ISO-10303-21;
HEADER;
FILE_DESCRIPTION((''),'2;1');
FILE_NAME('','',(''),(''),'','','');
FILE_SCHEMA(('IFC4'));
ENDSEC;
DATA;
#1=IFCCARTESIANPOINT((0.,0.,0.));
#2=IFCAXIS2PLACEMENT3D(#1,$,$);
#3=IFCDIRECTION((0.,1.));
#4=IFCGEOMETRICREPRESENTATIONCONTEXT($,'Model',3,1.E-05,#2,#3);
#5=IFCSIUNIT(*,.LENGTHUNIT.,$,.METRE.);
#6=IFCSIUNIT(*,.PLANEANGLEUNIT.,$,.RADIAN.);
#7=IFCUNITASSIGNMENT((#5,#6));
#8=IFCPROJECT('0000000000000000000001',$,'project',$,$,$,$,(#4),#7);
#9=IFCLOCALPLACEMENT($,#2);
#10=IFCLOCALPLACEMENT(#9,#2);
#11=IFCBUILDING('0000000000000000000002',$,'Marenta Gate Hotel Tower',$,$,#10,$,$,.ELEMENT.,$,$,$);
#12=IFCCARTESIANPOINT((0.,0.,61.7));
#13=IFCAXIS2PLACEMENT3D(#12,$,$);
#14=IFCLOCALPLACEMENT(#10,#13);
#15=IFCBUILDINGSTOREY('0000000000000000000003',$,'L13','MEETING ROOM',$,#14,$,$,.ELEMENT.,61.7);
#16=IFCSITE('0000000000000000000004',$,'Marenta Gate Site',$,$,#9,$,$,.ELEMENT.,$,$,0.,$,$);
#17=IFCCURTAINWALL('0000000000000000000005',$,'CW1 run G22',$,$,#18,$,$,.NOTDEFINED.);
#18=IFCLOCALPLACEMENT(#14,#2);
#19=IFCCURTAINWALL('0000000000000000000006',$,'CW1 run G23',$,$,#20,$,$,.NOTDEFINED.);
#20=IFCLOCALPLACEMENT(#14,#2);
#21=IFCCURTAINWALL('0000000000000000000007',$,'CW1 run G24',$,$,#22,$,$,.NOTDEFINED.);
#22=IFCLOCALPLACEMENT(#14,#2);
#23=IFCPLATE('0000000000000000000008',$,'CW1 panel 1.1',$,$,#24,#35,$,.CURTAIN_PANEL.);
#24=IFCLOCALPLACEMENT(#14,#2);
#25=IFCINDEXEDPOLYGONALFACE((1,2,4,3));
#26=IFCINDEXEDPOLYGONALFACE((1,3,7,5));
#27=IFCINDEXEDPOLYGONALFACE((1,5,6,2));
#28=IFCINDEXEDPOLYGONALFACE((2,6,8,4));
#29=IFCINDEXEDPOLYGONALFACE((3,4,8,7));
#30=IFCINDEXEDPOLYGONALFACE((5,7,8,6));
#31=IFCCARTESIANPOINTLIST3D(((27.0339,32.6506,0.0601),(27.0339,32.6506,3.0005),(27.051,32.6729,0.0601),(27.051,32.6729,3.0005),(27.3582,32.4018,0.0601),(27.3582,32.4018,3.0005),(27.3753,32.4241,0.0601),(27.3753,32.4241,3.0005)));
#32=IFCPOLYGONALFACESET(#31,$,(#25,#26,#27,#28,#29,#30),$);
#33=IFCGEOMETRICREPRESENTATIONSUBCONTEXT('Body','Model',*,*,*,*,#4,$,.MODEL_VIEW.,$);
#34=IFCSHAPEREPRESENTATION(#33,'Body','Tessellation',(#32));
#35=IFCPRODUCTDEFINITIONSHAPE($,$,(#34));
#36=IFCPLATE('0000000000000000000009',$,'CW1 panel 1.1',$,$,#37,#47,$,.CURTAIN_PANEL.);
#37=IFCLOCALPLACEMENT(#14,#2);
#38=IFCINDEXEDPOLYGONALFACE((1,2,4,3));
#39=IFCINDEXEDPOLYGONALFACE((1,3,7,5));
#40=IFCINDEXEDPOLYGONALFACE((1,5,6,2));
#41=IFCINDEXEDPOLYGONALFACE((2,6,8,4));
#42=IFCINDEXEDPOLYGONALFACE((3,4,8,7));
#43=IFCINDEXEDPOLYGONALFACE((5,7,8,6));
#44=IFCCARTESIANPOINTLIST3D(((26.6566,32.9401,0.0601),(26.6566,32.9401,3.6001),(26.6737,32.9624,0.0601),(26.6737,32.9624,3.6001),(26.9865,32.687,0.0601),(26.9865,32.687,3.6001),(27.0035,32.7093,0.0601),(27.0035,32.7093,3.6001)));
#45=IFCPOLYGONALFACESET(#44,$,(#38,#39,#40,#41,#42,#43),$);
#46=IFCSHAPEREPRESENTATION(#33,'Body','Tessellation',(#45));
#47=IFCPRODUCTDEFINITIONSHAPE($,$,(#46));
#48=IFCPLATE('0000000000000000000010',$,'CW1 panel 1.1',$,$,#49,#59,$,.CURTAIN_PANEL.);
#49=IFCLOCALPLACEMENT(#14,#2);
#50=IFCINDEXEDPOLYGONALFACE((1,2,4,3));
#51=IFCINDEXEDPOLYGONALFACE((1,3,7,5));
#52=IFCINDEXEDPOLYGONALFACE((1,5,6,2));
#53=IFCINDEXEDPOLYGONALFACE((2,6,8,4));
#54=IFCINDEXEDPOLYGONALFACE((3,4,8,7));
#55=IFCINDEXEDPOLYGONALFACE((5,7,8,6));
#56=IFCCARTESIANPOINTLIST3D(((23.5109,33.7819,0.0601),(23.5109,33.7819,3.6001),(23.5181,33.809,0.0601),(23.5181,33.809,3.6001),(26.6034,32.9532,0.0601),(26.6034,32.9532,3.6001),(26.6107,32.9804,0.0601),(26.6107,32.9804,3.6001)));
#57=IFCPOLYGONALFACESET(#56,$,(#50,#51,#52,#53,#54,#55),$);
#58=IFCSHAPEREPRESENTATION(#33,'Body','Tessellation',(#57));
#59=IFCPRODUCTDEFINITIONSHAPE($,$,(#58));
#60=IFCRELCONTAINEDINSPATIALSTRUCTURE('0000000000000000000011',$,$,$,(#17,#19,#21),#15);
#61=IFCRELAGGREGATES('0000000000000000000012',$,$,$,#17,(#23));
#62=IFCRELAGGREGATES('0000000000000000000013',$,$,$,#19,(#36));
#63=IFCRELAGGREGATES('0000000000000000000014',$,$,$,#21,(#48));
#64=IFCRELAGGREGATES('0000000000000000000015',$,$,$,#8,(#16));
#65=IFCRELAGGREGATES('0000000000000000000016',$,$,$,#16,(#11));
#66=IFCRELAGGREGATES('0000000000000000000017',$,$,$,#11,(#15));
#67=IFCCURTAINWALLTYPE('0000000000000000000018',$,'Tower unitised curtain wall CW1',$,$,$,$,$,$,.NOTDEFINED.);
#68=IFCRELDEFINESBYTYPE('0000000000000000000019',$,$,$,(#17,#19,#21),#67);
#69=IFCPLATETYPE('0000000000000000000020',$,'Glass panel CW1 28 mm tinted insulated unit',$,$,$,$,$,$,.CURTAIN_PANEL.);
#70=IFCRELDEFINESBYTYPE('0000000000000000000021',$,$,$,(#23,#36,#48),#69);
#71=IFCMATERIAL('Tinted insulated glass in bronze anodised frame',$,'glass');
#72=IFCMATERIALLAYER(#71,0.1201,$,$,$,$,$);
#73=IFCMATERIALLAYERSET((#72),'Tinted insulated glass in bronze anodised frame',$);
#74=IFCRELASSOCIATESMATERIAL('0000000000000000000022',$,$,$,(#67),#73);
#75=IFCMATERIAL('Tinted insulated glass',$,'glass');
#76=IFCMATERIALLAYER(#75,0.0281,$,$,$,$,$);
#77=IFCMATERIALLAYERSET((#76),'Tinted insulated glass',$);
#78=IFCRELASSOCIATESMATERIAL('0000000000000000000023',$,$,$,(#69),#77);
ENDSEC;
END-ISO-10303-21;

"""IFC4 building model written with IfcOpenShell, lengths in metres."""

from ifc_helpers import new_model, si_unit, direction, frame, origin, origin_2d, place, context, subcontext, project, spatial, rectangle, extrude, material, layer, layer_set, type_object, element, aggregate, save


model = new_model("IFC4")

# Units and contexts
model_context = context("Model", 3, precision=1e-05, world=origin(), true_north=direction((0.0, 1.0)))
body_context = subcontext(model_context, "Body", "Model", "MODEL_VIEW")
ifc_project = project(units=[si_unit("LENGTHUNIT", "METRE"), si_unit("PLANEANGLEUNIT", "RADIAN")], contexts=[model_context])

# Site, building, storey
site_placement = place(None, origin())
site = spatial("IfcSite", under=ifc_project, at=site_placement, Name="Marenta Gate Site", CompositionType="ELEMENT", RefElevation=0.0)
building_placement = place(site_placement, origin())
building = spatial("IfcBuilding", under=site, at=building_placement, Name="Marenta Gate Hotel Tower", CompositionType="ELEMENT")
storey_placement = place(building_placement, frame((0.0, 0.0, 61.7)))
storey = spatial("IfcBuildingStorey", under=building, at=storey_placement, Name="L13", Description="MEETING ROOM", CompositionType="ELEMENT", Elevation=61.7)

# Curtain walls
ifc_material_1 = material(Name="Tinted insulated glass in bronze anodised frame", Category="glass")
ifc_layer_1 = layer(ifc_material_1, 0.1201)
ifc_layer_set_1 = layer_set([ifc_layer_1], Name="Tinted insulated glass in bronze anodised frame")
curtain_wall_type = type_object("IfcCurtainWallType", Name="Tower unitised curtain wall CW1", PredefinedType="NOTDEFINED", material=ifc_layer_set_1)
curtain_wall_1_placement = place(storey_placement, origin())
curtain_wall_1 = element("IfcCurtainWall", 1, at=curtain_wall_1_placement, inside=storey, type_object=curtain_wall_type, Name="CW1 run G22", PredefinedType="NOTDEFINED")
curtain_wall_2_placement = place(storey_placement, origin())
curtain_wall_2 = element("IfcCurtainWall", 2, at=curtain_wall_2_placement, inside=storey, type_object=curtain_wall_type, Name="CW1 run G23", PredefinedType="NOTDEFINED")

# Curtain wall
curtain_wall_3_placement = place(storey_placement, origin())
curtain_wall_3 = element("IfcCurtainWall", 3, at=curtain_wall_3_placement, inside=storey, type_object=curtain_wall_type, Name="CW1 run G24", PredefinedType="NOTDEFINED")

# Plates
ifc_material_2 = material(Name="Tinted insulated glass", Category="glass")
ifc_layer_2 = layer(ifc_material_2, 0.0281)
ifc_layer_set_2 = layer_set([ifc_layer_2], Name="Tinted insulated glass")
plate_type = type_object("IfcPlateType", Name="Glass panel CW1 28 mm tinted insulated unit", PredefinedType="CURTAIN_PANEL", material=ifc_layer_set_2)
plate_1_placement = place(storey_placement, frame((27.2046, 32.5374, 0.0601), z_axis=(0.0, 0.0, 1.0), x_axis=(-0.793345, 0.608772, 0.0)))
plate_1 = element("IfcPlate", 4, at=plate_1_placement, type_object=plate_type, Name="CW1 panel 1.1", PredefinedType="CURTAIN_PANEL", context=body_context, shape_type="SweptSolid", body=[
    extrude(rectangle(XDim=0.4087, YDim=0.0281, at=origin_2d()), origin(), (0.0, 0.0, 1.0), 2.9404),
])
aggregate(curtain_wall_1, [plate_1])
plate_2_placement = place(storey_placement, frame((26.8301, 32.8247, 0.0601), z_axis=(0.0, 0.0, 1.0), x_axis=(-0.793342, 0.608776, 0.0)))
plate_2 = element("IfcPlate", 5, at=plate_2_placement, type_object=plate_type, Name="CW1 panel 1.1", PredefinedType="CURTAIN_PANEL", context=body_context, shape_type="SweptSolid", body=[
    extrude(rectangle(XDim=0.4158, YDim=0.0281, at=origin_2d()), origin(), (0.0, 0.0, 1.0), 3.54),
])
aggregate(curtain_wall_2, [plate_2])
plate_3_placement = place(storey_placement, frame((25.0608, 33.3811, 0.0601), z_axis=(0.0, 0.0, 1.0), x_axis=(-0.965929, 0.258807, 0.0)))
plate_3 = element("IfcPlate", 6, at=plate_3_placement, type_object=plate_type, Name="CW1 panel 1.1", PredefinedType="CURTAIN_PANEL", context=body_context, shape_type="SweptSolid", body=[
    extrude(rectangle(XDim=3.2017, YDim=0.0281, at=origin_2d()), origin(), (0.0, 0.0, 1.0), 3.54),
])
aggregate(curtain_wall_3, [plate_3])

save(model, "model.ifc")
